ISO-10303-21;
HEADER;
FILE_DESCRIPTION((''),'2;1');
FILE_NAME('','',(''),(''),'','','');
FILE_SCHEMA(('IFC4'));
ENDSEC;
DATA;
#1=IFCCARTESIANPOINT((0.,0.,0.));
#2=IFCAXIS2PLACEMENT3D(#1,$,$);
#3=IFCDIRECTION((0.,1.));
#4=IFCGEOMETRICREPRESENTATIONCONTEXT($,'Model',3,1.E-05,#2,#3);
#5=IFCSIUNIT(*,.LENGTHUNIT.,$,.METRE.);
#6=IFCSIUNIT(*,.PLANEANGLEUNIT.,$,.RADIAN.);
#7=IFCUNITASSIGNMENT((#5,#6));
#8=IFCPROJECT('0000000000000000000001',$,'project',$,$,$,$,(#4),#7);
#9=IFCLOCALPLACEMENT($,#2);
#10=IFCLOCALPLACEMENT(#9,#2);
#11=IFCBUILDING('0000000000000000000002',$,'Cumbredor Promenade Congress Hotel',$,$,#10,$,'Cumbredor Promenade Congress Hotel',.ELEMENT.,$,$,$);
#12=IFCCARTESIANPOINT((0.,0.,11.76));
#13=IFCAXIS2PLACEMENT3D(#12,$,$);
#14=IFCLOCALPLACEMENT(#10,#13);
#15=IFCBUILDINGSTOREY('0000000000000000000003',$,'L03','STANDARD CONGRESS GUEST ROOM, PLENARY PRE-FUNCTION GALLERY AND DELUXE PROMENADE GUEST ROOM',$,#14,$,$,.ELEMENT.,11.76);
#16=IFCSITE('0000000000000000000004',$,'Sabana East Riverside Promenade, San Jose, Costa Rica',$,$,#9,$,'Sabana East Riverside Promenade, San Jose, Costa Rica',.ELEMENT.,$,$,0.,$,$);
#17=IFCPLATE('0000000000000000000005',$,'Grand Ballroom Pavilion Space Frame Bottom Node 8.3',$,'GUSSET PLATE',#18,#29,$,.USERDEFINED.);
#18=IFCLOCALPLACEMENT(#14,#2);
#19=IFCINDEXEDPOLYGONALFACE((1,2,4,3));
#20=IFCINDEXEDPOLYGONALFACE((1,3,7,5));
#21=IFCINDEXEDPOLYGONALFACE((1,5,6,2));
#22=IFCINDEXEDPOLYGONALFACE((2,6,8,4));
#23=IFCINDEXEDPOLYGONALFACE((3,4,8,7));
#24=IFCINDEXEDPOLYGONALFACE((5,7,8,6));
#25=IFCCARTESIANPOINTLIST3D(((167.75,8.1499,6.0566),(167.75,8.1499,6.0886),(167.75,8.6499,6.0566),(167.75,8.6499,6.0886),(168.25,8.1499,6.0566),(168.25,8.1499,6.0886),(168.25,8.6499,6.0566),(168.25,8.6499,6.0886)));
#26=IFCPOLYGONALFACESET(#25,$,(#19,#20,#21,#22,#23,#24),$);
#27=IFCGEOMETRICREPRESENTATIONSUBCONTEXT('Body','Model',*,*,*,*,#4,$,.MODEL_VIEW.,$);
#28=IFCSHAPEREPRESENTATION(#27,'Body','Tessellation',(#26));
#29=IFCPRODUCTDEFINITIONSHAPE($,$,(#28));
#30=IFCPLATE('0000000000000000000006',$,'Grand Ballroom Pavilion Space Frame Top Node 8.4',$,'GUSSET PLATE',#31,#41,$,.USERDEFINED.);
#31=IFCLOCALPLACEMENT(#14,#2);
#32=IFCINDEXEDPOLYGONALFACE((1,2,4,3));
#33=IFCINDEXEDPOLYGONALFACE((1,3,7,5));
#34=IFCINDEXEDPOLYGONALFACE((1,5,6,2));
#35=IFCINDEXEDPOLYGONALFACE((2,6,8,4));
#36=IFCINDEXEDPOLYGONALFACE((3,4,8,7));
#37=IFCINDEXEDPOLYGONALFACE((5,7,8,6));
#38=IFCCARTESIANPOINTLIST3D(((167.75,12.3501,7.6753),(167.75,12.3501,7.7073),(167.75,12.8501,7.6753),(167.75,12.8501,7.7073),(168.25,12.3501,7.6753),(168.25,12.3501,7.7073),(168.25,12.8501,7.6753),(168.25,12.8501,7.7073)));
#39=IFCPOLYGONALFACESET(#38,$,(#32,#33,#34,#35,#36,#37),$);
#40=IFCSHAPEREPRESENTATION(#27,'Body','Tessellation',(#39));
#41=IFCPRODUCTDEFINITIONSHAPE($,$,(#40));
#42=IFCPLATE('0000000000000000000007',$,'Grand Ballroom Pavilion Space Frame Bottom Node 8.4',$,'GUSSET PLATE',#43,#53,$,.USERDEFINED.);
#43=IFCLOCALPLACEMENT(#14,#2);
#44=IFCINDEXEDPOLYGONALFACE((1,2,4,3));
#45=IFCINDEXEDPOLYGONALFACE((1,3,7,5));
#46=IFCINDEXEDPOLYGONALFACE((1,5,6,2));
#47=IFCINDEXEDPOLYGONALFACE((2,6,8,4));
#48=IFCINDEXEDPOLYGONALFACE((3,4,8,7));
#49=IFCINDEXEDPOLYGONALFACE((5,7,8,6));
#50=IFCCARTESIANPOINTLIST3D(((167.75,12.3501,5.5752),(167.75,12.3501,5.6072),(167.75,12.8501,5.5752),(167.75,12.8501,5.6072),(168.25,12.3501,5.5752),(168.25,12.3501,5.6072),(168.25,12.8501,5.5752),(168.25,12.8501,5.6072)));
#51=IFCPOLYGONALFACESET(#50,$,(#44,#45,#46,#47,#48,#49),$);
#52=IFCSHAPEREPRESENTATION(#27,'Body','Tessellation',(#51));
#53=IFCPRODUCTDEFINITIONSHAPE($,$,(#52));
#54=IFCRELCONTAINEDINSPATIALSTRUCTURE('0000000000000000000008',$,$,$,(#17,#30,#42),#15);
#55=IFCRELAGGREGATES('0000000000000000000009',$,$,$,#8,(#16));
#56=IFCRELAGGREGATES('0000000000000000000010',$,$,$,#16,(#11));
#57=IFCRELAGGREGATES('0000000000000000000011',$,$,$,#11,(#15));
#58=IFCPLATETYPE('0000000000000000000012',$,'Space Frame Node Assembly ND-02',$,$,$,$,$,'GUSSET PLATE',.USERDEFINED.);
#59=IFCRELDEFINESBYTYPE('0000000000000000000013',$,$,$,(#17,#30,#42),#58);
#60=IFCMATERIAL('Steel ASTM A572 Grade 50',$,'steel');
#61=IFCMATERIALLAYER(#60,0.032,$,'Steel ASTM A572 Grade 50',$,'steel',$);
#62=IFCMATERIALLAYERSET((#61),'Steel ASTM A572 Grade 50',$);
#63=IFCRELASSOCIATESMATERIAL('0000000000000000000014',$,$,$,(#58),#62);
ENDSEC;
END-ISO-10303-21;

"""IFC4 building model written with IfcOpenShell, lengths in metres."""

from ifc_helpers import new_model, si_unit, direction, frame, origin, origin_2d, place, context, subcontext, project, spatial, rectangle, extrude, material, layer, layer_set, type_object, element, save


model = new_model("IFC4")

# Units and contexts
model_context = context("Model", 3, precision=1e-05, world=origin(), true_north=direction((0.0, 1.0)))
body_context = subcontext(model_context, "Body", "Model", "MODEL_VIEW")
ifc_project = project(units=[si_unit("LENGTHUNIT", "METRE"), si_unit("PLANEANGLEUNIT", "RADIAN")], contexts=[model_context])

# Site, building, storey
site_placement = place(None, origin())
site = spatial("IfcSite", under=ifc_project, at=site_placement, Name="Sabana East Riverside Promenade, San Jose, Costa Rica", LongName="Sabana East Riverside Promenade, San Jose, Costa Rica", CompositionType="ELEMENT", RefElevation=0.0)
building_placement = place(site_placement, origin())
building = spatial("IfcBuilding", under=site, at=building_placement, Name="Cumbredor Promenade Congress Hotel", LongName="Cumbredor Promenade Congress Hotel", CompositionType="ELEMENT")
storey_placement = place(building_placement, frame((0.0, 0.0, 11.76)))
storey = spatial("IfcBuildingStorey", under=building, at=storey_placement, Name="L03", Description="STANDARD CONGRESS GUEST ROOM, PLENARY PRE-FUNCTION GALLERY AND DELUXE PROMENADE GUEST ROOM", CompositionType="ELEMENT", Elevation=11.76)

# Plates
ifc_material_1 = material(Name="Steel ASTM A572 Grade 50", Category="steel")
ifc_layer_1 = layer(ifc_material_1, 0.032, Name="Steel ASTM A572 Grade 50", Category="steel")
ifc_layer_set_1 = layer_set([ifc_layer_1], Name="Steel ASTM A572 Grade 50")
plate_type_1 = type_object("IfcPlateType", Name="Space Frame Node Assembly ND-02", ElementType="GUSSET PLATE", PredefinedType="USERDEFINED", material=ifc_layer_set_1)
for number, where, z_axis, x_axis, name in (
    (1, (168.0, 8.3999, 6.0566), (0.0, 0.0, 1.0), (1.0, 0.0, 0.0), "Grand Ballroom Pavilion Space Frame Bottom Node 8.3"),
    (2, (168.0, 12.6001, 7.6753), (0.0, 0.0, 1.0), (1.0, 0.0, 0.0), "Grand Ballroom Pavilion Space Frame Top Node 8.4"),
    (3, (168.0, 12.6001, 5.5752), (0.0, 0.0, 1.0), (1.0, 0.0, 0.0), "Grand Ballroom Pavilion Space Frame Bottom Node 8.4"),
):
    element("IfcPlate", number, at=place(storey_placement, frame(where, z_axis=z_axis, x_axis=x_axis)), inside=storey, type_object=plate_type_1, Name=name, ObjectType="GUSSET PLATE", PredefinedType="USERDEFINED", context=body_context, shape_type="SweptSolid", body=[
        extrude(rectangle(XDim=0.5, YDim=0.5, at=origin_2d()), origin(), (0.0, 0.0, 1.0), 0.032),
    ])

save(model, "model.ifc")
